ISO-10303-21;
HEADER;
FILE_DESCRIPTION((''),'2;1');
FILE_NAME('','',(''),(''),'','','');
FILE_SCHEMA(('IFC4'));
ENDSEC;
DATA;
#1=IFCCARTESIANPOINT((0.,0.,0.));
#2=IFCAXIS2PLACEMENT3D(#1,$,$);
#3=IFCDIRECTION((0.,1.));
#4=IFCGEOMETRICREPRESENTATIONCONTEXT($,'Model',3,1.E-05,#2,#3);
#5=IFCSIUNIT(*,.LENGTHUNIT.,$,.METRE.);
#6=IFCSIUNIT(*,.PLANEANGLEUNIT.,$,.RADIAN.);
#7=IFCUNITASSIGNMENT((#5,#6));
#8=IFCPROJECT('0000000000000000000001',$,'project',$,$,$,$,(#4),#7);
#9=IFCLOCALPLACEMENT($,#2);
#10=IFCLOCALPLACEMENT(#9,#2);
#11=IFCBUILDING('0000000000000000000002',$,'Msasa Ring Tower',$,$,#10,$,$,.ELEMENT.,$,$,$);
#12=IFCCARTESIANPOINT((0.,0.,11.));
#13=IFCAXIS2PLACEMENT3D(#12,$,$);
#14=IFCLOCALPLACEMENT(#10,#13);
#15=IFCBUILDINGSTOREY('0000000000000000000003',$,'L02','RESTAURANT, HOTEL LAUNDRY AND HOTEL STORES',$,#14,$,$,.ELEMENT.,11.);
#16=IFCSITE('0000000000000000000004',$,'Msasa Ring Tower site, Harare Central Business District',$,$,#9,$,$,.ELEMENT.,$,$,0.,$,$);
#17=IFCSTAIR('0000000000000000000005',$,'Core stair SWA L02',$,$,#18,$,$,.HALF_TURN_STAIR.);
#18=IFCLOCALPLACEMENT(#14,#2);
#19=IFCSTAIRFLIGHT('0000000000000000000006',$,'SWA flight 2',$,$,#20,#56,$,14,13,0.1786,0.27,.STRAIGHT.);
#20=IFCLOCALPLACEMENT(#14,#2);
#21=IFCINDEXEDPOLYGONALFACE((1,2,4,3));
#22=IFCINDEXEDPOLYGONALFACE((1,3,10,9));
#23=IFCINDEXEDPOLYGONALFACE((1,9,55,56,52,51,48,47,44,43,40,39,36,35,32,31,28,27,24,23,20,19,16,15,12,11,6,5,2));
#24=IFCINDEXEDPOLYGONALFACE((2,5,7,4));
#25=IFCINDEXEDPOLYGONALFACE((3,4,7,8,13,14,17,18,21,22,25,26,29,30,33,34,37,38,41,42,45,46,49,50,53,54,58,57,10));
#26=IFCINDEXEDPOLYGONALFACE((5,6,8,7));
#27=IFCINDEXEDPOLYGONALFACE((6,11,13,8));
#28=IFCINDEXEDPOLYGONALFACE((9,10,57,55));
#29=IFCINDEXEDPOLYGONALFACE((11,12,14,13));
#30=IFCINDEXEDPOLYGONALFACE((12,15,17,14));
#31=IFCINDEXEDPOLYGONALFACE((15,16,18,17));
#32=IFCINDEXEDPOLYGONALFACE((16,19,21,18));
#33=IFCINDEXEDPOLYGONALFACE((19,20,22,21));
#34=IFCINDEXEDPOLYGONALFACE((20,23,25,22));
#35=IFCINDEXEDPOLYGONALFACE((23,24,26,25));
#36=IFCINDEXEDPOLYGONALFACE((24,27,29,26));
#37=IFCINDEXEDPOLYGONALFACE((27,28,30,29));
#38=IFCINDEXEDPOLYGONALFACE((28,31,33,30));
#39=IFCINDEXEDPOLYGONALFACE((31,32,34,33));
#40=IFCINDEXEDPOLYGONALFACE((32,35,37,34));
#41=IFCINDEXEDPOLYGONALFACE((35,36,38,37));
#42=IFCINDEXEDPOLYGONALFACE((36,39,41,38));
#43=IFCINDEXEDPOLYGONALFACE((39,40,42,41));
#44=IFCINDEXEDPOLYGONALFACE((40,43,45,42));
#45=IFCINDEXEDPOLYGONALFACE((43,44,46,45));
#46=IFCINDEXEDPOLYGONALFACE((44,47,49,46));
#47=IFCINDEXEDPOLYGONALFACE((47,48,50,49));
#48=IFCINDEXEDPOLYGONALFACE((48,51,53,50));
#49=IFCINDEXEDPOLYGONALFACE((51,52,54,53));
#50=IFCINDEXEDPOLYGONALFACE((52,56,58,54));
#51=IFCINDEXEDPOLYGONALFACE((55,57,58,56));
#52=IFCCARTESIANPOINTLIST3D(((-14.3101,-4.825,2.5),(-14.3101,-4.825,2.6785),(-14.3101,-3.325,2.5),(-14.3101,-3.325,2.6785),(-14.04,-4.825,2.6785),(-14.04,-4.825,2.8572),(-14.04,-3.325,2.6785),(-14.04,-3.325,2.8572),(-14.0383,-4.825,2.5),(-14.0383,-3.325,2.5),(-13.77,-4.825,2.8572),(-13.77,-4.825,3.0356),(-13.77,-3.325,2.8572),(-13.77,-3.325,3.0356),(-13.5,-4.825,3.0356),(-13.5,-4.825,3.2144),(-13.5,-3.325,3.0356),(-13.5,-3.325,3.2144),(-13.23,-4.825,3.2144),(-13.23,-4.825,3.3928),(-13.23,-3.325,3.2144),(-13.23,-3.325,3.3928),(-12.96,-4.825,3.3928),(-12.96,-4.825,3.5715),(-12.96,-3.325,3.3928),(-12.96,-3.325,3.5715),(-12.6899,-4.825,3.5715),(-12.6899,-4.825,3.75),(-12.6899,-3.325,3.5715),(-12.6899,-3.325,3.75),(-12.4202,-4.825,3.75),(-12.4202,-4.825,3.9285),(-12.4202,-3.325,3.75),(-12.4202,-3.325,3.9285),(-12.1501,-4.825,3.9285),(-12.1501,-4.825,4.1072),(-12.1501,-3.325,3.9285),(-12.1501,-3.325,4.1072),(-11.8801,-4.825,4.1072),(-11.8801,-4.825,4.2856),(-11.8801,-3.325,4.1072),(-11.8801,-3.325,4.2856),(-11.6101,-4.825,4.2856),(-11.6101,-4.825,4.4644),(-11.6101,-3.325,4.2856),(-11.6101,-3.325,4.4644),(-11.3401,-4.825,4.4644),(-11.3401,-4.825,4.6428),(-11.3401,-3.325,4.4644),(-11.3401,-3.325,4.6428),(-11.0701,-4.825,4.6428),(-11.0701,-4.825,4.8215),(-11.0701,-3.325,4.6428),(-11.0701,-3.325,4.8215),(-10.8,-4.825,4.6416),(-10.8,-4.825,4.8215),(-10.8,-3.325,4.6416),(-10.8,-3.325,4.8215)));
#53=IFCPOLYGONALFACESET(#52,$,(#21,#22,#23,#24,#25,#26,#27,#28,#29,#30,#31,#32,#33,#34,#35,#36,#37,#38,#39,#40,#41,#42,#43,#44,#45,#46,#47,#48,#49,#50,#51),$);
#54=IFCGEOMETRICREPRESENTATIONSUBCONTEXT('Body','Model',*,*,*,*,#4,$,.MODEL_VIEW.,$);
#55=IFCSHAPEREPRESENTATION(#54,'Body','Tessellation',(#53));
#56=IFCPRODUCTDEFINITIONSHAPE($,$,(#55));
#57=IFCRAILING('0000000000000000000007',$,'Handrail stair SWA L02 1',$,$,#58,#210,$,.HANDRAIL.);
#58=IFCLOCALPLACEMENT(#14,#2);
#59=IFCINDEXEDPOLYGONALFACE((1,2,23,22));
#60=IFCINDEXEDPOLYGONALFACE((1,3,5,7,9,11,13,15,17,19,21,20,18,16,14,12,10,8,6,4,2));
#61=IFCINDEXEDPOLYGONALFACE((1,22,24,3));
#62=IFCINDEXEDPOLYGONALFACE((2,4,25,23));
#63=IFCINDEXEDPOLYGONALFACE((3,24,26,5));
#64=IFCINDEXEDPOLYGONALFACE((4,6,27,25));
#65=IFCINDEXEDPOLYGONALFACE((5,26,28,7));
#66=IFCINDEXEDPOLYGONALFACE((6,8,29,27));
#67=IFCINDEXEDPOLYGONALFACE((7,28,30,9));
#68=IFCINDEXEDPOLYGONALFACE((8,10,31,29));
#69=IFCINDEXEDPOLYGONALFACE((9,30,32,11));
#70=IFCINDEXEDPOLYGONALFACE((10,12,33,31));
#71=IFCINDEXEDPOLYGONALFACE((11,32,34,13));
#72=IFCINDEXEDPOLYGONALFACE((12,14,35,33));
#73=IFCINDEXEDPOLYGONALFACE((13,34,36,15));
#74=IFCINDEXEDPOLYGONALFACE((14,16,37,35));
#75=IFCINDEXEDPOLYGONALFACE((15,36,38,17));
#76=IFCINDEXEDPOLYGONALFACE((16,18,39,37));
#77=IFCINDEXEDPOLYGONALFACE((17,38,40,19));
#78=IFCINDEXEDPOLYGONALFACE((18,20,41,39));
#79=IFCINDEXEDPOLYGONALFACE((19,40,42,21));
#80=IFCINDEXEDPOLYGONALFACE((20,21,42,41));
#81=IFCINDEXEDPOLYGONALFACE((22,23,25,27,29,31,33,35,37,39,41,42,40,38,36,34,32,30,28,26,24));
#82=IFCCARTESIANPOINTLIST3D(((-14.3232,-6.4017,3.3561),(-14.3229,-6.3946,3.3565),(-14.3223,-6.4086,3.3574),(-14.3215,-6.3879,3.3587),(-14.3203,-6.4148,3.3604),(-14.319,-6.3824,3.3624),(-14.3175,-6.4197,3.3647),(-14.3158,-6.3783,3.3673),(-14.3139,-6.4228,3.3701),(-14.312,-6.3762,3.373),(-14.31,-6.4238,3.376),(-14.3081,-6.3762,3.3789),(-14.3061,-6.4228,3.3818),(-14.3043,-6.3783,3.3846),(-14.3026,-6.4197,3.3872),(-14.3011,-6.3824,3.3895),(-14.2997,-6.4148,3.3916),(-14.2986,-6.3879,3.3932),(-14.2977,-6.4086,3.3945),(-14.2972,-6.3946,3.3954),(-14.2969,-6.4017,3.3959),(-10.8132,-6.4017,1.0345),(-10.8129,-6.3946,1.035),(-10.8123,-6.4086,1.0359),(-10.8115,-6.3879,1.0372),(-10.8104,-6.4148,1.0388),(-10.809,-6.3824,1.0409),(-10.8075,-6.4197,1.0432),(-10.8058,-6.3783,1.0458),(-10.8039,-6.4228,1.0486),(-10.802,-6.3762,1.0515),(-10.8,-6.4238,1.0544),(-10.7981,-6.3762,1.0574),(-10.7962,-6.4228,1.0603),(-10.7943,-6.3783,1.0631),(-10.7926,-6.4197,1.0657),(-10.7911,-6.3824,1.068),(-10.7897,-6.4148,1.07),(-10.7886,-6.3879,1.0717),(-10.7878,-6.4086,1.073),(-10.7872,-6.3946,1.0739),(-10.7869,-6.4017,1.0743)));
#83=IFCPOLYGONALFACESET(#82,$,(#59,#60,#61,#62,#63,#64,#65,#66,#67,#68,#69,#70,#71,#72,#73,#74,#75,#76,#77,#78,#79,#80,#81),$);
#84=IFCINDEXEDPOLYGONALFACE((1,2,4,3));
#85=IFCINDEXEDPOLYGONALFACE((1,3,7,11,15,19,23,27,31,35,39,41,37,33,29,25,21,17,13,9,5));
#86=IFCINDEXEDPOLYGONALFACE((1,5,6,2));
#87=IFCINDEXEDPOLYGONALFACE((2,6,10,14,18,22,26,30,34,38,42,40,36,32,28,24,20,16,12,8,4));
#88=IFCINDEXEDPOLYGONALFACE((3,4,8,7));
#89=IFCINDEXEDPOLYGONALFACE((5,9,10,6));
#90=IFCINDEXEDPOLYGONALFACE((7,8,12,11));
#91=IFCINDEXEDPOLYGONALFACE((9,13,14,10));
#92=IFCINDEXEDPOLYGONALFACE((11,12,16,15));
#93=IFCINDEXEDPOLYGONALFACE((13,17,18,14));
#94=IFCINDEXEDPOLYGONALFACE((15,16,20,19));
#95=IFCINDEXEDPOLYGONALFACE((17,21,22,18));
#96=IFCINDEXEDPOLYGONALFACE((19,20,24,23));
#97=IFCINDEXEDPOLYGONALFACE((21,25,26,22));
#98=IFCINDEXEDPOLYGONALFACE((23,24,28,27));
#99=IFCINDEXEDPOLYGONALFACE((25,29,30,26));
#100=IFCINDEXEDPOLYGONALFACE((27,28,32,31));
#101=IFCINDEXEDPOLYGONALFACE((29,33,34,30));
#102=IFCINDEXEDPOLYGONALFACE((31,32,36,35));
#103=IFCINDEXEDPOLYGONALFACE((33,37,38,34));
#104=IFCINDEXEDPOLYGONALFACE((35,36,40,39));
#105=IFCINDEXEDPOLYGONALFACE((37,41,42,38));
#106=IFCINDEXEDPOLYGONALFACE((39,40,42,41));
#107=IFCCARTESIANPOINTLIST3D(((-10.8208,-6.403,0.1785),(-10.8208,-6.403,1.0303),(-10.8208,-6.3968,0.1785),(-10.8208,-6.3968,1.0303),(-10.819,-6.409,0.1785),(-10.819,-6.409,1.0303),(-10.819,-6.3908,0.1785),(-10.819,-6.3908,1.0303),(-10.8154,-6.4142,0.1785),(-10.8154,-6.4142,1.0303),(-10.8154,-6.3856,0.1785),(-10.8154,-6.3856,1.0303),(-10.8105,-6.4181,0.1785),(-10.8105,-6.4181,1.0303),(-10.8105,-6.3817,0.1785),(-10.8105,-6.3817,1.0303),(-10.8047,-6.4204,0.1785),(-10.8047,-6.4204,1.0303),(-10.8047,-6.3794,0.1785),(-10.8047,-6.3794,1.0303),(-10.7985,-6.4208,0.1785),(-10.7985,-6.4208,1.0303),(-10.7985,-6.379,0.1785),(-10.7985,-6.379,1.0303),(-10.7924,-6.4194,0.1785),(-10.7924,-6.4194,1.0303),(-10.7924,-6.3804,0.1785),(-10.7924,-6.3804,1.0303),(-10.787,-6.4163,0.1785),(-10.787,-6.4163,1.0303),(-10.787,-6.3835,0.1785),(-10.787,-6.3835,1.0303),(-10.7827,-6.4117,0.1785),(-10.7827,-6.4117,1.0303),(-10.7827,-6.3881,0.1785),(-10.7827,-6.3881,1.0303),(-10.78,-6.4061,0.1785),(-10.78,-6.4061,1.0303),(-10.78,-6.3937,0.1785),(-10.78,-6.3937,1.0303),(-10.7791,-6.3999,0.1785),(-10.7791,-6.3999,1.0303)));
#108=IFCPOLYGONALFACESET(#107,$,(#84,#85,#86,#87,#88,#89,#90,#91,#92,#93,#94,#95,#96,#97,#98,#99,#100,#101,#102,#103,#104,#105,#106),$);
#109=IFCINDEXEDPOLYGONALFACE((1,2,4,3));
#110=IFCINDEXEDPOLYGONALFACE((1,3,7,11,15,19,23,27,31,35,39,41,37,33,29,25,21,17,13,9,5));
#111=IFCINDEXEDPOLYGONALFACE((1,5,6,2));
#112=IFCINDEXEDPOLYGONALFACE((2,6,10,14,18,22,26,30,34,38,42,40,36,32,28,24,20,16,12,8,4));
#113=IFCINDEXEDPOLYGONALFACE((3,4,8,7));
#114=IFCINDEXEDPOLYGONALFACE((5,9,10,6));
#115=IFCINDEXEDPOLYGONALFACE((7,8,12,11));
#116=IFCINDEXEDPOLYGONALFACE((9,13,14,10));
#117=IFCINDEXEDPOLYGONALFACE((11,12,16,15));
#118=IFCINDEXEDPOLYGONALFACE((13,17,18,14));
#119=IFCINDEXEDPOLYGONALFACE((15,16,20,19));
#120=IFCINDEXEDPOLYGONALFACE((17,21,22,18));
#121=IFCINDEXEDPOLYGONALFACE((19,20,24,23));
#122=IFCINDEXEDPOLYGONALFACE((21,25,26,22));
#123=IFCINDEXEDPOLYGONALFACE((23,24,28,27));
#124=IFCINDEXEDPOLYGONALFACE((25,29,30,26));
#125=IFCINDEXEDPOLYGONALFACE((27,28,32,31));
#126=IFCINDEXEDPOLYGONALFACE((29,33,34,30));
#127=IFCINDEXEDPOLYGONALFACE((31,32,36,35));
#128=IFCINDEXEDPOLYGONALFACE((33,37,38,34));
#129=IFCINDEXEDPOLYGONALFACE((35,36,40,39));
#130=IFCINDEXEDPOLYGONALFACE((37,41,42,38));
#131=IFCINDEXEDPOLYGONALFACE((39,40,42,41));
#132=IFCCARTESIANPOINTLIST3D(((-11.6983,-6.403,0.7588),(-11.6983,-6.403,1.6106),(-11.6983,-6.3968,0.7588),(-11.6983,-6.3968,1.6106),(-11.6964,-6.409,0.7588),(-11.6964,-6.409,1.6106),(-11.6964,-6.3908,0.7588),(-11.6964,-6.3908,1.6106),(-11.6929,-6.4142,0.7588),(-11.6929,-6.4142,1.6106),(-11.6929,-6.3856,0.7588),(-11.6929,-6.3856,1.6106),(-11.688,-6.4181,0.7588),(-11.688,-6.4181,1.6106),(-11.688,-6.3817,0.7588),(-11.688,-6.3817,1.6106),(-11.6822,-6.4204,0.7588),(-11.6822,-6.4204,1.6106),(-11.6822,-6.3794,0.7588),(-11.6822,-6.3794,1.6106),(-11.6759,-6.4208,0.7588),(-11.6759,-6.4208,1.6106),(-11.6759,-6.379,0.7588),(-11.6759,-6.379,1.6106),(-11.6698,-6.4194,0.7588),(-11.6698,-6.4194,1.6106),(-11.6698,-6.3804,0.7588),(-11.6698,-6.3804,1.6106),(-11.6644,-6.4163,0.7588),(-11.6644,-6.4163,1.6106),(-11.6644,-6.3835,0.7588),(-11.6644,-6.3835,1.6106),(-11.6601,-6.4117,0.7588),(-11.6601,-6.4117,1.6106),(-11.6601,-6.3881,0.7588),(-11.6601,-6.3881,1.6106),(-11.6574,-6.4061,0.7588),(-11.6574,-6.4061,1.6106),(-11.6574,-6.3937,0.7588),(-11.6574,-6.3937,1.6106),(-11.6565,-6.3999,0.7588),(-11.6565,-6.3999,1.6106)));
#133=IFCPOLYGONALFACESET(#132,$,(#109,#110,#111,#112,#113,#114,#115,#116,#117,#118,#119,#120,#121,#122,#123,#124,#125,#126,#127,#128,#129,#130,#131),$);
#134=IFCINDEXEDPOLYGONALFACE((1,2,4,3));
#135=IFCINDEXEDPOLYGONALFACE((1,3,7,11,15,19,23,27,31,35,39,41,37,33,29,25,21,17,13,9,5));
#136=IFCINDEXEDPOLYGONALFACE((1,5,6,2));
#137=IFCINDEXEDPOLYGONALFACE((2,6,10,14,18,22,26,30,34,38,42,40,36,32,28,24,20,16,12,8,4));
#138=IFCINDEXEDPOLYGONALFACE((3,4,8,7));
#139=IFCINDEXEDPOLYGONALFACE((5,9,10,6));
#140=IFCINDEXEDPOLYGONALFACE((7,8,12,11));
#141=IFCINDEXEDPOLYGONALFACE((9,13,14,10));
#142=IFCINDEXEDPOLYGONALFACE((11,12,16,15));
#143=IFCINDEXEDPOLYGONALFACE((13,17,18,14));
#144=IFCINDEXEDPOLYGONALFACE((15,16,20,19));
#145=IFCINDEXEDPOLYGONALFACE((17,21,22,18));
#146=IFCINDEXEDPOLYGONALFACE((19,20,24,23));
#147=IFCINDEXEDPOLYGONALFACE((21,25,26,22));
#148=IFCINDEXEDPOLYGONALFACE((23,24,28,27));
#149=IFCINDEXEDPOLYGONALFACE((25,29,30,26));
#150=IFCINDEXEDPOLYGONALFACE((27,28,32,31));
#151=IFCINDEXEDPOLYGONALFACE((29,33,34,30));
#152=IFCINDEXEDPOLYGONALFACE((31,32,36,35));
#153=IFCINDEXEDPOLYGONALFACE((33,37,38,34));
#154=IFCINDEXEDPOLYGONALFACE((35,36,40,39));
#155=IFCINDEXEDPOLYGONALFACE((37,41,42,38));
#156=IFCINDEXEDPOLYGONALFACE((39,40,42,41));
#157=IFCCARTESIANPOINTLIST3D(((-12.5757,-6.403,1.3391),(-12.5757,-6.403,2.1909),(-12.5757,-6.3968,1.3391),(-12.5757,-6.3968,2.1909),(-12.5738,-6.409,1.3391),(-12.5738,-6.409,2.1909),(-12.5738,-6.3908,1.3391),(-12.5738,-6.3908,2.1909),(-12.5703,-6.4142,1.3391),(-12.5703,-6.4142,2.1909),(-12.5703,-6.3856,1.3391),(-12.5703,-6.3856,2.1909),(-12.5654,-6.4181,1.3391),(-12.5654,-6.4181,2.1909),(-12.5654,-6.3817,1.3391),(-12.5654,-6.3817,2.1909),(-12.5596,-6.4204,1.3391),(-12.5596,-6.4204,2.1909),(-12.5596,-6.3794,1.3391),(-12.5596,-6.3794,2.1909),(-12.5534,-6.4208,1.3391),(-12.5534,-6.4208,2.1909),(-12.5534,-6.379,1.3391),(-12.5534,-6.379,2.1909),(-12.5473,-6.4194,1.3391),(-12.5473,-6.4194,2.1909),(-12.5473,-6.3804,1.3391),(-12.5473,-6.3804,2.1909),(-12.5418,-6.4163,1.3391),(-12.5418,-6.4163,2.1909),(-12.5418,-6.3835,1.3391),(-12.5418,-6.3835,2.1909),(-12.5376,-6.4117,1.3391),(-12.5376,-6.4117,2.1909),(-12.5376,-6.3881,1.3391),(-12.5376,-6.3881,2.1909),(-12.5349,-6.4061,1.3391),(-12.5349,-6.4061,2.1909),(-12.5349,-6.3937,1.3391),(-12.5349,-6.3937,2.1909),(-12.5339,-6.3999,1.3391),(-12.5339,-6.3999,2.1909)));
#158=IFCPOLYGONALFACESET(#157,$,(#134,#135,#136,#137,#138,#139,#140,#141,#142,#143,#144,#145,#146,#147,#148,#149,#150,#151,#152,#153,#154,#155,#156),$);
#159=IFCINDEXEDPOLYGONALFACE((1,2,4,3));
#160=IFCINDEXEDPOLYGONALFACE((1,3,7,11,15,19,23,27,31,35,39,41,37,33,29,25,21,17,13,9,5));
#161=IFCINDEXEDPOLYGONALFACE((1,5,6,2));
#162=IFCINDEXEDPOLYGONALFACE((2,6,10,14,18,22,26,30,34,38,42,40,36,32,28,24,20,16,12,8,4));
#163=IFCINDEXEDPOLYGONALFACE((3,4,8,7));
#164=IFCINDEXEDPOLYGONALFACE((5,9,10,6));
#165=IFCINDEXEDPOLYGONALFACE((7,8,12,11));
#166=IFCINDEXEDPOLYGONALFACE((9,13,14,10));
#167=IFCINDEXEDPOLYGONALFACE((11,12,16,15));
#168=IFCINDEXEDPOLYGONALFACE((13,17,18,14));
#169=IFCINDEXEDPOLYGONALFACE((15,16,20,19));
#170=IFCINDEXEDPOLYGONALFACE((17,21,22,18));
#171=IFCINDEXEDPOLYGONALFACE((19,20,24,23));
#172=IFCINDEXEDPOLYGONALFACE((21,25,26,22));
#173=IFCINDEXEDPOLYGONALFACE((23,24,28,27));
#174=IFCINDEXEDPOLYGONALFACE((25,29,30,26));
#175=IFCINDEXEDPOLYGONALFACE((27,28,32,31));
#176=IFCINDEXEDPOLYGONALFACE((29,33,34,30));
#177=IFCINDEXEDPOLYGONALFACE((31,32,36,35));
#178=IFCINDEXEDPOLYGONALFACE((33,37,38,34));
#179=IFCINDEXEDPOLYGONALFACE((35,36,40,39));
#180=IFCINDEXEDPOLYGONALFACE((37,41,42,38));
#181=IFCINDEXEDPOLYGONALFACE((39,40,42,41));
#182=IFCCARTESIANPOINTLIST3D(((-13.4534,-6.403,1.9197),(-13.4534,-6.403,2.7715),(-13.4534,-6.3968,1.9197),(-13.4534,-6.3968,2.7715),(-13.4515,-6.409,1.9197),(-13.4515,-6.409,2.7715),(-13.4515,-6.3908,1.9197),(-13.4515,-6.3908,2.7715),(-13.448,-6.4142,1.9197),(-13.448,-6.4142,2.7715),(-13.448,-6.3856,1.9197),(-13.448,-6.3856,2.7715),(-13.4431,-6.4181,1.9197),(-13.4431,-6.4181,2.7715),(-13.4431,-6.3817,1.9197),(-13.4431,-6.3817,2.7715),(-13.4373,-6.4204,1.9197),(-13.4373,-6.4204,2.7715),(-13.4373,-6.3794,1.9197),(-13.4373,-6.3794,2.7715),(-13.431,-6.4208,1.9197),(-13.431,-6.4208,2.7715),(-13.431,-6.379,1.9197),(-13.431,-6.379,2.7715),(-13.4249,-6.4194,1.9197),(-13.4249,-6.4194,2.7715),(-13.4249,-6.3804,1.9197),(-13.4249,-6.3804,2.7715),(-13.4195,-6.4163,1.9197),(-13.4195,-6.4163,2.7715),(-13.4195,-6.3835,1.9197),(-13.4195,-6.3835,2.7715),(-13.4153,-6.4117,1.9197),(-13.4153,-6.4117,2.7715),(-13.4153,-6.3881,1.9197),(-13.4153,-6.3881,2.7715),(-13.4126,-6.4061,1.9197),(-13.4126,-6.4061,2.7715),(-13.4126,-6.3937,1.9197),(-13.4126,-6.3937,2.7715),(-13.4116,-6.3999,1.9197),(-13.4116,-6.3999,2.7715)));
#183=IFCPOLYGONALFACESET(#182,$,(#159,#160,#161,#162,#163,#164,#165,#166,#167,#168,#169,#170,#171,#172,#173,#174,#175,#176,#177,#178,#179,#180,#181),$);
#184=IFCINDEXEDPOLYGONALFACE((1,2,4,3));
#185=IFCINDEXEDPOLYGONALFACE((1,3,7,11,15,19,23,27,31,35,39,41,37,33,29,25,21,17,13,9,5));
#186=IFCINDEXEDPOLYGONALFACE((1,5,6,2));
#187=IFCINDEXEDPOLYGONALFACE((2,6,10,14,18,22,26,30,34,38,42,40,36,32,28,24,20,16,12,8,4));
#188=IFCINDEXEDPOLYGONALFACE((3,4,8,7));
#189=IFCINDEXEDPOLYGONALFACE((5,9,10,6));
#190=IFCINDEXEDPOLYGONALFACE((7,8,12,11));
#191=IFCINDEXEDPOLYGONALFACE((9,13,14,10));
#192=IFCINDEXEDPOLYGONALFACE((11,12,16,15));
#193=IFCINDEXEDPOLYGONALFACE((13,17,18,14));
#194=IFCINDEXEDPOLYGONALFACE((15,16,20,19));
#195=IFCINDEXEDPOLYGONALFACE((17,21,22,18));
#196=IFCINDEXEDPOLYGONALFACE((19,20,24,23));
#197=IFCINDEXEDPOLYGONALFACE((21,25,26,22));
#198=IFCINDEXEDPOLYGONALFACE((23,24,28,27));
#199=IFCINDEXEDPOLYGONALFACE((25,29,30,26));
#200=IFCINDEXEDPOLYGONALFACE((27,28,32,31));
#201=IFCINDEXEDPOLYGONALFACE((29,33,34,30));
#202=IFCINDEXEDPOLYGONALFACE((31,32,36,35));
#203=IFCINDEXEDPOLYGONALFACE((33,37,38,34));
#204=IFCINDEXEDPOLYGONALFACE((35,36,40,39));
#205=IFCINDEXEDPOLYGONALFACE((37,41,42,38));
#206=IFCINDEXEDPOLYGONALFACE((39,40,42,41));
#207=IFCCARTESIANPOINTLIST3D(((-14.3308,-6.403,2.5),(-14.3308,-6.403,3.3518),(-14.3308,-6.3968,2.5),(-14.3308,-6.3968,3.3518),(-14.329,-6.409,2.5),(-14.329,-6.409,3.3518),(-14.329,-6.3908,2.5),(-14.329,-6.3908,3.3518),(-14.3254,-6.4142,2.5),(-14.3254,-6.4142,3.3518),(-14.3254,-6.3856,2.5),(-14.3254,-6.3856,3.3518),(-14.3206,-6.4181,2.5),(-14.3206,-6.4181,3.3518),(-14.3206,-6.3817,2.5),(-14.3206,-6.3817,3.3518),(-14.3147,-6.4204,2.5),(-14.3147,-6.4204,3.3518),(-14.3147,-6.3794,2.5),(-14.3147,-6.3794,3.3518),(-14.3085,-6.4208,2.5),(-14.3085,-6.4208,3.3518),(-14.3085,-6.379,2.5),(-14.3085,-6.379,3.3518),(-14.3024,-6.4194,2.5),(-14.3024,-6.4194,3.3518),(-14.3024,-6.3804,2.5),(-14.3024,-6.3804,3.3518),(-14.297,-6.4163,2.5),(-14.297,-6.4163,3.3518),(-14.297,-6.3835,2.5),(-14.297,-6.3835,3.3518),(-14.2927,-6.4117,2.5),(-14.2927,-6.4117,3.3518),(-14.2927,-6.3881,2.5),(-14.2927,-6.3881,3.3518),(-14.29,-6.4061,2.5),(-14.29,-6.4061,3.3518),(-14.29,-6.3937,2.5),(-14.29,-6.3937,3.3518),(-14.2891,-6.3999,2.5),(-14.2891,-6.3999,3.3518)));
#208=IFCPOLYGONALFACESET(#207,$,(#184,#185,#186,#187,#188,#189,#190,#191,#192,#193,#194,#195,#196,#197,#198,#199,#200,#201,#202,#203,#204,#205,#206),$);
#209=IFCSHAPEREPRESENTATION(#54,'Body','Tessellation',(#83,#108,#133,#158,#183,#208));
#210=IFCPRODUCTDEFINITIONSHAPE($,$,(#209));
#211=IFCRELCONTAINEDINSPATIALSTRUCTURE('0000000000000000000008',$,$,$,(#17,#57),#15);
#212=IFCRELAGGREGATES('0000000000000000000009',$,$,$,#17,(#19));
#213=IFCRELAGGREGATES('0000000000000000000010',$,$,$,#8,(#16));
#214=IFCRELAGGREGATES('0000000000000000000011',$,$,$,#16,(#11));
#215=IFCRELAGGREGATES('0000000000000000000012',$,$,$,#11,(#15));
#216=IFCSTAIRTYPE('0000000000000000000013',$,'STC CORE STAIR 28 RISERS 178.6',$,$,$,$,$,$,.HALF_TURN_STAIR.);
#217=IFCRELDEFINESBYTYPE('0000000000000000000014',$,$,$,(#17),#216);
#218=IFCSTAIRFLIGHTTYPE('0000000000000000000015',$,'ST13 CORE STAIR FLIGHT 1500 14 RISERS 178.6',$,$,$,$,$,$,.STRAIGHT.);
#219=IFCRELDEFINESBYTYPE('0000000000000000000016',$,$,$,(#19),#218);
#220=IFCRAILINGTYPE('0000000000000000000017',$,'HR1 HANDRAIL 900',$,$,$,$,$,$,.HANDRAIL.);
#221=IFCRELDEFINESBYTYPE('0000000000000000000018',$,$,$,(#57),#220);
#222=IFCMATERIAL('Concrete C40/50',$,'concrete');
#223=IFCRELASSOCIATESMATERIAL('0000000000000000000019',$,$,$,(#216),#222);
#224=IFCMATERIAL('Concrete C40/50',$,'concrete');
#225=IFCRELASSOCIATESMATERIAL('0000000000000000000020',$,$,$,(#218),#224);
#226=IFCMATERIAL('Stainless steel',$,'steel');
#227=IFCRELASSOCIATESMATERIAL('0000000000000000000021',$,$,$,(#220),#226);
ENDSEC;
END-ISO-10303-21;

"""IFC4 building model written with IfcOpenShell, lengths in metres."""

from ifc_helpers import new_model, si_unit, direction, frame, origin, origin_2d, place, context, subcontext, project, spatial, polyline, circle, outline, extrude, material, type_object, element, aggregate, save


model = new_model("IFC4")

# Units and contexts
model_context = context("Model", 3, precision=1e-05, world=origin(), true_north=direction((0.0, 1.0)))
body_context = subcontext(model_context, "Body", "Model", "MODEL_VIEW")
ifc_project = project(units=[si_unit("LENGTHUNIT", "METRE"), si_unit("PLANEANGLEUNIT", "RADIAN")], contexts=[model_context])

# Site, building, storey
site_placement = place(None, origin())
site = spatial("IfcSite", under=ifc_project, at=site_placement, Name="Msasa Ring Tower site, Harare Central Business District", CompositionType="ELEMENT", RefElevation=0.0)
building_placement = place(site_placement, origin())
building = spatial("IfcBuilding", under=site, at=building_placement, Name="Msasa Ring Tower", CompositionType="ELEMENT")
storey_placement = place(building_placement, frame((0.0, 0.0, 11.0)))
storey = spatial("IfcBuildingStorey", under=building, at=storey_placement, Name="L02", Description="RESTAURANT, HOTEL LAUNDRY AND HOTEL STORES", CompositionType="ELEMENT", Elevation=11.0)

# Stair, stair flight
ifc_material_1 = material(Name="Concrete C40/50", Category="concrete")
stair_type = type_object("IfcStairType", Name="STC CORE STAIR 28 RISERS 178.6", PredefinedType="HALF_TURN_STAIR", material=ifc_material_1)
stair_placement = place(storey_placement, origin())
stair = element("IfcStair", 1, at=stair_placement, inside=storey, type_object=stair_type, Name="Core stair SWA L02", PredefinedType="HALF_TURN_STAIR")
ifc_material_2 = material(Name="Concrete C40/50", Category="concrete")
stair_flight_type = type_object("IfcStairFlightType", Name="ST13 CORE STAIR FLIGHT 1500 14 RISERS 178.6", PredefinedType="STRAIGHT", material=ifc_material_2)
stair_flight_1_placement = place(storey_placement, frame((-14.3101, -4.075, 2.5), z_axis=(0.0, 0.0, 1.0), x_axis=(1.0, 0.0, 0.0)))
stair_flight_1 = element("IfcStairFlight", 2, at=stair_flight_1_placement, type_object=stair_flight_type, Name="SWA flight 2", NumberOfRisers=14, NumberOfTreads=13, PredefinedType="STRAIGHT", RiserHeight=0.1786, TreadLength=0.27, context=body_context, shape_type="SweptSolid", body=[
    extrude(outline(polyline([(0.0, 0.0), (0.0, 0.1785), (0.27, 0.1785), (0.27, 0.3572), (0.54, 0.3572), (0.54, 0.5356), (0.8101, 0.5356), (0.8101, 0.7144), (1.0801, 0.7144), (1.0801, 0.8928), (1.3501, 0.8928), (1.3501, 1.0715), (1.6201, 1.0715), (1.6201, 1.25), (1.8899, 1.25), (1.8899, 1.4285), (2.1599, 1.4285), (2.1599, 1.6072), (2.4299, 1.6072), (2.4299, 1.7856), (2.7, 1.7856), (2.7, 1.9644), (2.97, 1.9644), (2.97, 2.1428), (3.24, 2.1428), (3.24, 2.3215), (3.51, 2.3215), (3.51, 2.5), (3.51, 2.1416), (0.2717, 0.0), (0.0, 0.0)])), frame((0.0, 0.75, 0.0), z_axis=(0.0, -1.0, 0.0), x_axis=(1.0, 0.0, 0.0)), (0.0, 0.0, 1.0), 1.5),
])
aggregate(stair, [stair_flight_1])

# Railing
ifc_material_3 = material(Name="Stainless steel", Category="steel")
railing_type = type_object("IfcRailingType", Name="HR1 HANDRAIL 900", PredefinedType="HANDRAIL", material=ifc_material_3)
for number, where, name in (
    (3, (-10.8, -6.3999, 0.1785), "Handrail stair SWA L02 1"),
):
    element("IfcRailing", number, at=place(storey_placement, frame(where)), inside=storey, type_object=railing_type, Name=name, PredefinedType="HANDRAIL", context=body_context, shape_type="SweptSolid", body=[
        extrude(circle(Radius=0.0239, at=origin_2d()), frame((0.0, 0.0, 0.876), z_axis=(-0.834071, 0.0, 0.551657), x_axis=(0.0, -1.0, 0.0)), (0.0, 0.0, 1.0), 4.2083),
        extrude(circle(Radius=0.021, at=origin_2d()), origin(), (0.0, 0.0, 1.0), 0.8518),
        extrude(circle(Radius=0.021, at=origin_2d()), frame((-0.8774, 0.0, 0.5803)), (0.0, 0.0, 1.0), 0.8518),
        extrude(circle(Radius=0.021, at=origin_2d()), frame((-1.7549, 0.0, 1.1606)), (0.0, 0.0, 1.0), 0.8518),
        extrude(circle(Radius=0.021, at=origin_2d()), frame((-2.6326, 0.0, 1.7412)), (0.0, 0.0, 1.0), 0.8518),
        extrude(circle(Radius=0.021, at=origin_2d()), frame((-3.51, 0.0, 2.3215)), (0.0, 0.0, 1.0), 0.8518),
    ])

save(model, "model.ifc")
